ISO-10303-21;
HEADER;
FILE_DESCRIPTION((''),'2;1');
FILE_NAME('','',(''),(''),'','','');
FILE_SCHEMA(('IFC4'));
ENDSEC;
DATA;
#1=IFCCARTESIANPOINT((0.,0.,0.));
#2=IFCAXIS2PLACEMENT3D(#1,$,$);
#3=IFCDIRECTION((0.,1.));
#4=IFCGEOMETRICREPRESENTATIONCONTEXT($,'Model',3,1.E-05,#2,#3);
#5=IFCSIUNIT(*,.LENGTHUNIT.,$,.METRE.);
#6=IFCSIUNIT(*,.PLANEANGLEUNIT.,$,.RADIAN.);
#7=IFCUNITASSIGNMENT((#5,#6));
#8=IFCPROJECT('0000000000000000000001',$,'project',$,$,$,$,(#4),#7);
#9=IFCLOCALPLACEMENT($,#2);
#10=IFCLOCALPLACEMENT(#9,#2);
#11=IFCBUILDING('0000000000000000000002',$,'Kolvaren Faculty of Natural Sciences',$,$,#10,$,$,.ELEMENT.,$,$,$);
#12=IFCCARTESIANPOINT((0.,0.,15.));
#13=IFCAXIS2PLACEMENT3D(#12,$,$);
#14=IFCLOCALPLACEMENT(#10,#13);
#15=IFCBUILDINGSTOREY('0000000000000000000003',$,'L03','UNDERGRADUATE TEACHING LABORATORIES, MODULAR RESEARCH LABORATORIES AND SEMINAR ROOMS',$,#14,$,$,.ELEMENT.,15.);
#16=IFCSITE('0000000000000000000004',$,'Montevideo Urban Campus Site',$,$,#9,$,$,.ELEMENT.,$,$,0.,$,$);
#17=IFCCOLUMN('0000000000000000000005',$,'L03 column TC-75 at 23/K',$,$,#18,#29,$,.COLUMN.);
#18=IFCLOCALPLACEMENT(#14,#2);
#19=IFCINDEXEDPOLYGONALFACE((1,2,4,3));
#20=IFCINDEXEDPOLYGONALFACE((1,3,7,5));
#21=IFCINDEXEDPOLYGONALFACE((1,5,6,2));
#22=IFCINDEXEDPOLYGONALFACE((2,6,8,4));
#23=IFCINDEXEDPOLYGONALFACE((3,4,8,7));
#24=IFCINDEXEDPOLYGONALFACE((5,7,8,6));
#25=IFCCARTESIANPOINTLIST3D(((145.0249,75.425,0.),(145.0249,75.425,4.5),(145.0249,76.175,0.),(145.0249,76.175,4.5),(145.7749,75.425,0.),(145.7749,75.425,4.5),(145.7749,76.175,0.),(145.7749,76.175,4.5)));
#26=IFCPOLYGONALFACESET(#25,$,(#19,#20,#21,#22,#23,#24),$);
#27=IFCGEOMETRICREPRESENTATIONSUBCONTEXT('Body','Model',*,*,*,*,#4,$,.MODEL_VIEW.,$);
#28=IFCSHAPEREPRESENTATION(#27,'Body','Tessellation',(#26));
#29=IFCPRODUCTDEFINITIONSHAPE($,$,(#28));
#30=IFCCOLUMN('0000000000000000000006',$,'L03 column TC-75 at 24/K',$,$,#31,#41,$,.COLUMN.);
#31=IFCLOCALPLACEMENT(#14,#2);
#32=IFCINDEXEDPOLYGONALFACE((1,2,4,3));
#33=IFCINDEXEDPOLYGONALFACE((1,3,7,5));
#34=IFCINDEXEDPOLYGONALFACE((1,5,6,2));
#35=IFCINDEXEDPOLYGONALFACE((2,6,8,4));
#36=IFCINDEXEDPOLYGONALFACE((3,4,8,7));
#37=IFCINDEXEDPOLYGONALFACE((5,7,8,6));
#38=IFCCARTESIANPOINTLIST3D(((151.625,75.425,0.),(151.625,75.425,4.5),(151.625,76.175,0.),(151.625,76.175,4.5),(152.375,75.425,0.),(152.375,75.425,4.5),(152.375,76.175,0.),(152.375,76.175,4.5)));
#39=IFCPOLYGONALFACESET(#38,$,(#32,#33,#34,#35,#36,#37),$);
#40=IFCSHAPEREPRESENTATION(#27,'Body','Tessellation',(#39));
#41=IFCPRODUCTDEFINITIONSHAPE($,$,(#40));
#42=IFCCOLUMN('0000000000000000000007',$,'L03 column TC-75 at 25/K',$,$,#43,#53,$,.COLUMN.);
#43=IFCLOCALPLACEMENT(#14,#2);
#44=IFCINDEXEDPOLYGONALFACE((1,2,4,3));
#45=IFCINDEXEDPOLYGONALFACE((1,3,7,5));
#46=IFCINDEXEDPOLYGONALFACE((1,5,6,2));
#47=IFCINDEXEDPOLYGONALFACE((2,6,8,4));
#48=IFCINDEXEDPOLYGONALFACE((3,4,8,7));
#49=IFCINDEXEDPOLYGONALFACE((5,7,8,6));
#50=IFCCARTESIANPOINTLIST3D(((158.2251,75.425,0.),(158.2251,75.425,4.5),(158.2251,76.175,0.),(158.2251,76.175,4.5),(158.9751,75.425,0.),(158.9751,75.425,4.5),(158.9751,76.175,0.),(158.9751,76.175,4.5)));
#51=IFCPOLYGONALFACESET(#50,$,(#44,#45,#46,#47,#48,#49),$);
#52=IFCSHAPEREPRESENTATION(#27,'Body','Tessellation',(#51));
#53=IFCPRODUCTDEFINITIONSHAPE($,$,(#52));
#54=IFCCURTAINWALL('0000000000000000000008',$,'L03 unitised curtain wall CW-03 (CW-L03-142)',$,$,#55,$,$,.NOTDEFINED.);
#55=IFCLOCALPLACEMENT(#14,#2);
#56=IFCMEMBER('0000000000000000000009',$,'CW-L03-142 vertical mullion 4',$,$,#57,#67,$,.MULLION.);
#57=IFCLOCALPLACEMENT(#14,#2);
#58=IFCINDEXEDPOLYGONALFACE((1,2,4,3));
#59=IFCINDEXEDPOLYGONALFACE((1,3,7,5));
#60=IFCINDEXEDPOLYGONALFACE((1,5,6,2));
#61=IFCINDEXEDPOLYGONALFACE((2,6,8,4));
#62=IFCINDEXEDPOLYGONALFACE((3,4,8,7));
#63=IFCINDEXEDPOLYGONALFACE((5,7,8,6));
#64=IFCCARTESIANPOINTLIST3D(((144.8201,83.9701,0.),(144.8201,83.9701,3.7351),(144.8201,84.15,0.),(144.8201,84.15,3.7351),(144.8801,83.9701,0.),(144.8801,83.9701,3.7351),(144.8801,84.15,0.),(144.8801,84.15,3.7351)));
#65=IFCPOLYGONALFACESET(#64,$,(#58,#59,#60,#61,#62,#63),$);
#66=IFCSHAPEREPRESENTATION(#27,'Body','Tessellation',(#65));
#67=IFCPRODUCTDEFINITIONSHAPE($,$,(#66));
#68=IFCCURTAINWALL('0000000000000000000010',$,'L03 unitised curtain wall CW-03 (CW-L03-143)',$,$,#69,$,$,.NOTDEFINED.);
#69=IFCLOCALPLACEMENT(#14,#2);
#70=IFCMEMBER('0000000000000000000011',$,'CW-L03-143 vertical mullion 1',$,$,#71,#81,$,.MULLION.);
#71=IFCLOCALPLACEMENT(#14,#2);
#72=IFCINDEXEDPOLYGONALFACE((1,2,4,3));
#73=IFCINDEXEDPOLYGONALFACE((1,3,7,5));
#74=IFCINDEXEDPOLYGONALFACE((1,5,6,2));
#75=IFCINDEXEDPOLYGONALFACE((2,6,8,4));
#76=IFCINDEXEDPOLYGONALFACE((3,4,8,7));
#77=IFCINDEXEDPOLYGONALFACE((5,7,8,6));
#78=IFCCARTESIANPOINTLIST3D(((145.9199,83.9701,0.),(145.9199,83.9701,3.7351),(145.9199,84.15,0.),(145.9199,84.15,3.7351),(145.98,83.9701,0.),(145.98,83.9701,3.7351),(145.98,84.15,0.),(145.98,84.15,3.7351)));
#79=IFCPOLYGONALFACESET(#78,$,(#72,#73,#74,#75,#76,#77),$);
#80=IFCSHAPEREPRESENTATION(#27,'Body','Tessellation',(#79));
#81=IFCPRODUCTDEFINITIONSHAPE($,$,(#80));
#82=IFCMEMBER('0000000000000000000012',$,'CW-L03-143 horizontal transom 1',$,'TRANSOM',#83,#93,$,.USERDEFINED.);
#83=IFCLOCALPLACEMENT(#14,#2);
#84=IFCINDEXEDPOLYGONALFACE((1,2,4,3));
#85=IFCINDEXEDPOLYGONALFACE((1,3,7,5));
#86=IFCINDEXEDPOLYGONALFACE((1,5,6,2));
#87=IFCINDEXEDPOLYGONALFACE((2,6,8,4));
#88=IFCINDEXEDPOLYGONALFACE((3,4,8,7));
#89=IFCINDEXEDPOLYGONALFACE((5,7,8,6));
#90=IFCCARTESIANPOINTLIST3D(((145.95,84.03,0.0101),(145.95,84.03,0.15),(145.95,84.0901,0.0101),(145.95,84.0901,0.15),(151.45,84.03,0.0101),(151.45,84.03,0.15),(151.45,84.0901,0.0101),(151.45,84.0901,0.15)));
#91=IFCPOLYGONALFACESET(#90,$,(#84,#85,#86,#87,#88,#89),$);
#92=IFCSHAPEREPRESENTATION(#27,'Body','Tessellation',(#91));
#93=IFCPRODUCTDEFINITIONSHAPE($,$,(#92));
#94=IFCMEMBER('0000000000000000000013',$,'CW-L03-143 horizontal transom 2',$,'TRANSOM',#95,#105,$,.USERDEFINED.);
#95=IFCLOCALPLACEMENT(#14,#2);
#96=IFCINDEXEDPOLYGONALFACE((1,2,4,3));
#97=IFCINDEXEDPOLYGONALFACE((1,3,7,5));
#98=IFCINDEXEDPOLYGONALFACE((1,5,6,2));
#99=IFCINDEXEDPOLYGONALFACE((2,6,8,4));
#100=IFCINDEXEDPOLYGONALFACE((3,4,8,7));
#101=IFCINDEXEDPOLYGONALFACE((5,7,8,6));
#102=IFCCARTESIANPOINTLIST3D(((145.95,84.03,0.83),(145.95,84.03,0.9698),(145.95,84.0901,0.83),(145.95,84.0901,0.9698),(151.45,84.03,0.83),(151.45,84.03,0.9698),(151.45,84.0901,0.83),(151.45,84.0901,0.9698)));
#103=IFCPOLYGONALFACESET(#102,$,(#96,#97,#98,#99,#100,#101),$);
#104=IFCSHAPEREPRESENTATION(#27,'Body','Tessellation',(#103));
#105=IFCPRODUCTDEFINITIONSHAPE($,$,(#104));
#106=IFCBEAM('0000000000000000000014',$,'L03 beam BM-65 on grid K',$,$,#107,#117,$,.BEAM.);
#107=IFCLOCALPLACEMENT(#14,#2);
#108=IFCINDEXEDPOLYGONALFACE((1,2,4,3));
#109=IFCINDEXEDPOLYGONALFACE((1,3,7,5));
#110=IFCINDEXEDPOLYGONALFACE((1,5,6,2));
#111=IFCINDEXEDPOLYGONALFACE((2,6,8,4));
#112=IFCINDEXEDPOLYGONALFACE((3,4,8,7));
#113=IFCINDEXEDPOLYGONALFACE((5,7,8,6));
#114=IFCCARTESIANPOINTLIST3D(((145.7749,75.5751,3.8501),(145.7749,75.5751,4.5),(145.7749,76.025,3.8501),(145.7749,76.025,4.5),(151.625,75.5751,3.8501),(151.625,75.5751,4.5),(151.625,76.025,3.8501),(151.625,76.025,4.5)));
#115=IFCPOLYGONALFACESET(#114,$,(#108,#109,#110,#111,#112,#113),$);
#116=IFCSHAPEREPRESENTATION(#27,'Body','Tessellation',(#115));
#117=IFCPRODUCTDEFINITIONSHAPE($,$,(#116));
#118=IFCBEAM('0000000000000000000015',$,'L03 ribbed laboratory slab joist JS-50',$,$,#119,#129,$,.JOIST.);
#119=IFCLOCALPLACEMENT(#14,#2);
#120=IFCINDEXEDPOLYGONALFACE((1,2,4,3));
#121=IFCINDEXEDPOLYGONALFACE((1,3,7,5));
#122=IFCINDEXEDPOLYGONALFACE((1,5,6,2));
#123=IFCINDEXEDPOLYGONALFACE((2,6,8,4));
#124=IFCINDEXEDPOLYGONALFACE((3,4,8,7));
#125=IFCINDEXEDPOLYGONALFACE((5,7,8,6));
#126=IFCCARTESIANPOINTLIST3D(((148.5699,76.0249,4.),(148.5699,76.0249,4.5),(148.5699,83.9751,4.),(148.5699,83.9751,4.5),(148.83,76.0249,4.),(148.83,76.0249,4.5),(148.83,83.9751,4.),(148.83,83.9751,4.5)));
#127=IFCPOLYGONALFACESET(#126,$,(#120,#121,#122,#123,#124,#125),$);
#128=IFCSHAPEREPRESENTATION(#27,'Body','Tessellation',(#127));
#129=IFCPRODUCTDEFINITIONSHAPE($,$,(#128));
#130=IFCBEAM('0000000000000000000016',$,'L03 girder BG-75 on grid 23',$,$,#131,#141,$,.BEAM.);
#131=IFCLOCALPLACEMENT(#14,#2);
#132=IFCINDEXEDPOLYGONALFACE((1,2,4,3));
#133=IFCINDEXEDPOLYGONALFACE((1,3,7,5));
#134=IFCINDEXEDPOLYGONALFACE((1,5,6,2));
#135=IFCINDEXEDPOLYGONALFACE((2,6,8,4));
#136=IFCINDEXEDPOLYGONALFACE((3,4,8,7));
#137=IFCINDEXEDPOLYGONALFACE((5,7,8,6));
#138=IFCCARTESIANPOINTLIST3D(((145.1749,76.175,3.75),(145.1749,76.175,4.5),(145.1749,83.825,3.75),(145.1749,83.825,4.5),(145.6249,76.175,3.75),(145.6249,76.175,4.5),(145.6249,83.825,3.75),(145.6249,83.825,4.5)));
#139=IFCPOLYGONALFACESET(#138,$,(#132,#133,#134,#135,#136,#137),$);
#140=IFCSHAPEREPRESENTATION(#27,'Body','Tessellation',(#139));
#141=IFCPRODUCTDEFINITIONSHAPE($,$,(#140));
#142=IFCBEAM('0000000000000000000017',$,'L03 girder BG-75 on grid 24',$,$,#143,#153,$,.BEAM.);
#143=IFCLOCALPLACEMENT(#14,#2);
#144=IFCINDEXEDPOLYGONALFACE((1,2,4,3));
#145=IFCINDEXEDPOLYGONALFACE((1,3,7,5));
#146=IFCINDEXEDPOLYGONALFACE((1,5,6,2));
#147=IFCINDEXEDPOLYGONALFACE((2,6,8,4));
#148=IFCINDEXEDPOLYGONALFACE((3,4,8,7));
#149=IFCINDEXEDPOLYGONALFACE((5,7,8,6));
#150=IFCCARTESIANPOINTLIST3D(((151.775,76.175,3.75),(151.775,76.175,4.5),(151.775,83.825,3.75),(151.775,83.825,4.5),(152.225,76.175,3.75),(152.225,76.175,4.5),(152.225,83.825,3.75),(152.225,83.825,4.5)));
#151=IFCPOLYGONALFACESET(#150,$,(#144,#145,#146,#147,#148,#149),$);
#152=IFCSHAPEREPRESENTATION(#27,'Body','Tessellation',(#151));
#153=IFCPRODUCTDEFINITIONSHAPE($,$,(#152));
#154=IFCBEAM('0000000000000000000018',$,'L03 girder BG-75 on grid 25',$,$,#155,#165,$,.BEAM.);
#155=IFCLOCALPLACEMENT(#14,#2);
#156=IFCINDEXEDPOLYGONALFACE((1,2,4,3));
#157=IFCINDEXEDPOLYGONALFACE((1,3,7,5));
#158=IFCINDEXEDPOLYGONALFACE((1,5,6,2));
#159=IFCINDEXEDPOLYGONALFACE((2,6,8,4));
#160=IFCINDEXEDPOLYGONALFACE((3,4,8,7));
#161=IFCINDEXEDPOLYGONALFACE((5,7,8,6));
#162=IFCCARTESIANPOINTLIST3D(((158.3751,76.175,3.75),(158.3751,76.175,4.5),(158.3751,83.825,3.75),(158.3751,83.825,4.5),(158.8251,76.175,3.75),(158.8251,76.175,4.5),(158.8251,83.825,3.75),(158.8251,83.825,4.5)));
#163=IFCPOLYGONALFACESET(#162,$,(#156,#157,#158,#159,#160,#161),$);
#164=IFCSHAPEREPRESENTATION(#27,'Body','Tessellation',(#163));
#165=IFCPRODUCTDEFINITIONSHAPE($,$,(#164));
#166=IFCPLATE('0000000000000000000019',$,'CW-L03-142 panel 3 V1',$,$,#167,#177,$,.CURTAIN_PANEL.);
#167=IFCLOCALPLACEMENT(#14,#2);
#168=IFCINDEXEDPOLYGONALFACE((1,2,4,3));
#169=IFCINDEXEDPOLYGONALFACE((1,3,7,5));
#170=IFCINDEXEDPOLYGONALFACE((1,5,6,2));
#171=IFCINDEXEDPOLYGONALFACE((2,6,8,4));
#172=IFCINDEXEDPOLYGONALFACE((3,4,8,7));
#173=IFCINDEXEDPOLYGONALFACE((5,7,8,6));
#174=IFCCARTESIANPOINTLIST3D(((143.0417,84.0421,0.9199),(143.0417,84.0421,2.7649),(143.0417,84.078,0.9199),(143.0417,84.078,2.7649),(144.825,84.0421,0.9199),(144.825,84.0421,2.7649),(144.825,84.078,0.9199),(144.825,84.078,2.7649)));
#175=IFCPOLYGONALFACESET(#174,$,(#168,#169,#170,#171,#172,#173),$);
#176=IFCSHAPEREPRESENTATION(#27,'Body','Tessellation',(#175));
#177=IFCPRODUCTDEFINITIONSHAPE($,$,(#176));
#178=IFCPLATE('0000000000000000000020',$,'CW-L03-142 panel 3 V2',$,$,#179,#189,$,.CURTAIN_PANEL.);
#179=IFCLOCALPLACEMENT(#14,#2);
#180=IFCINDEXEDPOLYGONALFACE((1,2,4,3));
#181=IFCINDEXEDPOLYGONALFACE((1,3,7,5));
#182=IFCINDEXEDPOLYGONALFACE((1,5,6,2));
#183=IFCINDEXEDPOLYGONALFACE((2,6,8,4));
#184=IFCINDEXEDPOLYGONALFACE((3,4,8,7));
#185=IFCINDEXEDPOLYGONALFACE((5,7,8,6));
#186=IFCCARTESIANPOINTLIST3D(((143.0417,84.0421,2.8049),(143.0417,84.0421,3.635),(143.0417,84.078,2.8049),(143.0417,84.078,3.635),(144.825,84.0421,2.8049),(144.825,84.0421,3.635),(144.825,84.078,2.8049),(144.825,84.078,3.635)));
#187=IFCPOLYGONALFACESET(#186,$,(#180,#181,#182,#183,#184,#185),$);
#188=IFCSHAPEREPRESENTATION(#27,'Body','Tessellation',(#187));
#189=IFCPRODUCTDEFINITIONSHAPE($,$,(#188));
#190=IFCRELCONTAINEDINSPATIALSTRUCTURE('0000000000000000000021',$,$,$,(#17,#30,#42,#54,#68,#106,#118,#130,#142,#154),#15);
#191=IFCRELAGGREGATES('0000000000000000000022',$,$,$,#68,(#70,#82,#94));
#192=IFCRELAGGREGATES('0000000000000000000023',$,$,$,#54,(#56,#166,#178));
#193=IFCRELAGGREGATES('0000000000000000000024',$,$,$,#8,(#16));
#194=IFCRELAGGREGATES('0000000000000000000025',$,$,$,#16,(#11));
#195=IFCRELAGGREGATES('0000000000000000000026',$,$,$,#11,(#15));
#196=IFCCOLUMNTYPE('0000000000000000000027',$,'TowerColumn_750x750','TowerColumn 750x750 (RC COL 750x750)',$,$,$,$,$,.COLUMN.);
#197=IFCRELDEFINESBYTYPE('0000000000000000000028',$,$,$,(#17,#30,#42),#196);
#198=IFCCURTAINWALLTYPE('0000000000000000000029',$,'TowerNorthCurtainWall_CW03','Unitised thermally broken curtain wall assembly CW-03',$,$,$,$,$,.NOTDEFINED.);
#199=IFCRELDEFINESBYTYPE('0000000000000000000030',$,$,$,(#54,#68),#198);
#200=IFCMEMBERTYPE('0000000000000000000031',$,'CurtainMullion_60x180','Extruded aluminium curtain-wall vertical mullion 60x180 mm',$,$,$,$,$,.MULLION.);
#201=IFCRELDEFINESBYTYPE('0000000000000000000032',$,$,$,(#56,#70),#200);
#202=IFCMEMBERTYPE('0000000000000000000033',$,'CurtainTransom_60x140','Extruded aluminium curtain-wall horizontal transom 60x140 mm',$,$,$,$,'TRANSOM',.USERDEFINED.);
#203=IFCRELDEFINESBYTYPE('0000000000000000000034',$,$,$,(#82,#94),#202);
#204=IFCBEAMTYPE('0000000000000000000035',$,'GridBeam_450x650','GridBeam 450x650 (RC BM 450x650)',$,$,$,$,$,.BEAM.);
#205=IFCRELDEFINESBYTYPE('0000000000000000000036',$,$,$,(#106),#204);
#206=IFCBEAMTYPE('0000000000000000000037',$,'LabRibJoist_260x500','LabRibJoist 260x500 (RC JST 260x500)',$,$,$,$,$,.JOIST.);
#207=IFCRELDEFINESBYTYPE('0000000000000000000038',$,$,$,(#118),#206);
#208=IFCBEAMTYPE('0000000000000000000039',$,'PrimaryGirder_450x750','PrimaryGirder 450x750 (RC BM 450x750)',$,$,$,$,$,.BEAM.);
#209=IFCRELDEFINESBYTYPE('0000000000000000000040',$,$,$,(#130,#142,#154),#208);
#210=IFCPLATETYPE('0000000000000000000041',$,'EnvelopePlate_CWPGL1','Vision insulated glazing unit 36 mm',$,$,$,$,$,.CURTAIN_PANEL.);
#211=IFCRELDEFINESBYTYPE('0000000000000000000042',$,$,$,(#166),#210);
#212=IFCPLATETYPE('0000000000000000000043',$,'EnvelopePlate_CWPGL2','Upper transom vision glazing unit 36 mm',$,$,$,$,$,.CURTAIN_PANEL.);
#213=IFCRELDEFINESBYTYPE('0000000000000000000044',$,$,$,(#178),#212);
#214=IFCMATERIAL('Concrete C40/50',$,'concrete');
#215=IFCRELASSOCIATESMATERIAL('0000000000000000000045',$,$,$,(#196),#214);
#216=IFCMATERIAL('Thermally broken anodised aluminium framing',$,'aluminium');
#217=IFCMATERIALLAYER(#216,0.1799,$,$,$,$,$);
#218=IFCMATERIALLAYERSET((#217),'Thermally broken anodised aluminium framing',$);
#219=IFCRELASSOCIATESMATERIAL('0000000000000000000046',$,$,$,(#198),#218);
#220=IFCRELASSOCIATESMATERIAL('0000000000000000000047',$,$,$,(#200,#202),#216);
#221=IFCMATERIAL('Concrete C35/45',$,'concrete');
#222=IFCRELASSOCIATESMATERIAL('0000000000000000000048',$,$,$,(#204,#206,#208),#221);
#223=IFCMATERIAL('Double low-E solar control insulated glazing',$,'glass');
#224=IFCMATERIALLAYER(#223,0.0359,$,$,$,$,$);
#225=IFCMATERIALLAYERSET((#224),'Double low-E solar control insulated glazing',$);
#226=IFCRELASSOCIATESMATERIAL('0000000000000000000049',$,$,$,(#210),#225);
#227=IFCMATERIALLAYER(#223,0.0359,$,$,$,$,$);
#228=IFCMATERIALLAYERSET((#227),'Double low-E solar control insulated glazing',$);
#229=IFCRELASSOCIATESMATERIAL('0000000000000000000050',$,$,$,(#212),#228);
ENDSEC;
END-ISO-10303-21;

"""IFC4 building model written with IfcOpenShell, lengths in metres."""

from ifc_helpers import new_model, si_unit, direction, frame, origin, origin_2d, place, context, subcontext, project, spatial, rectangle, extrude, material, layer, layer_set, material_profile, profile_set, type_object, element, aggregate, save


model = new_model("IFC4")

# Units and contexts
model_context = context("Model", 3, precision=1e-05, world=origin(), true_north=direction((0.0, 1.0)))
body_context = subcontext(model_context, "Body", "Model", "MODEL_VIEW")
ifc_project = project(units=[si_unit("LENGTHUNIT", "METRE"), si_unit("PLANEANGLEUNIT", "RADIAN")], contexts=[model_context])

# Site, building, storey
site_placement = place(None, origin())
site = spatial("IfcSite", under=ifc_project, at=site_placement, Name="Montevideo Urban Campus Site", CompositionType="ELEMENT", RefElevation=0.0)
building_placement = place(site_placement, origin())
building = spatial("IfcBuilding", under=site, at=building_placement, Name="Kolvaren Faculty of Natural Sciences", CompositionType="ELEMENT")
storey_placement = place(building_placement, frame((0.0, 0.0, 15.0)))
storey = spatial("IfcBuildingStorey", under=building, at=storey_placement, Name="L03", Description="UNDERGRADUATE TEACHING LABORATORIES, MODULAR RESEARCH LABORATORIES AND SEMINAR ROOMS", CompositionType="ELEMENT", Elevation=15.0)

# Columns
ifc_material_1 = material(Name="Concrete C40/50", Category="concrete")
ifc_material_profile_1 = material_profile(ifc_material_1, rectangle(XDim=0.75, YDim=0.75, at=origin_2d()), Name="RC COL 750x750")
ifc_profile_set_1 = profile_set([ifc_material_profile_1], Name="Concrete C40/50")
column_type = type_object("IfcColumnType", Name="TowerColumn_750x750", Description="TowerColumn 750x750 (RC COL 750x750)", PredefinedType="COLUMN", material=ifc_profile_set_1)
for number, where, z_axis, x_axis, name in (
    (1, (145.3999, 75.8, 0.0), (0.0, 0.0, 1.0), (1.0, 0.0, 0.0), "L03 column TC-75 at 23/K"),
    (2, (152.0, 75.8, 0.0), (0.0, 0.0, 1.0), (1.0, 0.0, 0.0), "L03 column TC-75 at 24/K"),
    (3, (158.6001, 75.8, 0.0), (0.0, 0.0, 1.0), (1.0, 0.0, 0.0), "L03 column TC-75 at 25/K"),
):
    element("IfcColumn", number, at=place(storey_placement, frame(where, z_axis=z_axis, x_axis=x_axis)), inside=storey, type_object=column_type, Name=name, PredefinedType="COLUMN", context=body_context, shape_type="SweptSolid", body=[
        extrude(rectangle(XDim=0.75, YDim=0.75, at=origin_2d()), origin(), (0.0, 0.0, 1.0), 4.5),
    ])

# Curtain wall, member
ifc_material_2 = material(Name="Thermally broken anodised aluminium framing", Category="aluminium")
ifc_layer_1 = layer(ifc_material_2, 0.1799)
ifc_layer_set_1 = layer_set([ifc_layer_1], Name="Thermally broken anodised aluminium framing")
curtain_wall_type = type_object("IfcCurtainWallType", Name="TowerNorthCurtainWall_CW03", Description="Unitised thermally broken curtain wall assembly CW-03", PredefinedType="NOTDEFINED", material=ifc_layer_set_1)
curtain_wall_1_placement = place(storey_placement, origin())
curtain_wall_1 = element("IfcCurtainWall", 4, at=curtain_wall_1_placement, inside=storey, type_object=curtain_wall_type, Name="L03 unitised curtain wall CW-03 (CW-L03-142)", PredefinedType="NOTDEFINED")
ifc_material_profile_2 = material_profile(ifc_material_2, rectangle(XDim=0.0601, YDim=0.1799, at=origin_2d()), Name="ALU MUL 60x180")
ifc_profile_set_2 = profile_set([ifc_material_profile_2], Name="Thermally broken anodised aluminium framing")
member_type_1 = type_object("IfcMemberType", Name="CurtainMullion_60x180", Description="Extruded aluminium curtain-wall vertical mullion 60x180 mm", PredefinedType="MULLION", material=ifc_profile_set_2)
member_1_placement = place(storey_placement, frame((144.8501, 84.0601, 0.0), z_axis=(0.0, 0.0, 1.0), x_axis=(1.0, 0.0, 0.0)))
member_1 = element("IfcMember", 5, at=member_1_placement, type_object=member_type_1, Name="CW-L03-142 vertical mullion 4", PredefinedType="MULLION", context=body_context, shape_type="SweptSolid", body=[
    extrude(rectangle(XDim=0.0601, YDim=0.1799, at=origin_2d()), origin(), (0.0, 0.0, 1.0), 3.7351),
])

# Curtain wall, members
curtain_wall_2_placement = place(storey_placement, origin())
curtain_wall_2 = element("IfcCurtainWall", 6, at=curtain_wall_2_placement, inside=storey, type_object=curtain_wall_type, Name="L03 unitised curtain wall CW-03 (CW-L03-143)", PredefinedType="NOTDEFINED")
member_2_placement = place(storey_placement, frame((145.95, 84.0601, 0.0), z_axis=(0.0, 0.0, 1.0), x_axis=(1.0, 0.0, 0.0)))
member_2 = element("IfcMember", 7, at=member_2_placement, type_object=member_type_1, Name="CW-L03-143 vertical mullion 1", PredefinedType="MULLION", context=body_context, shape_type="SweptSolid", body=[
    extrude(rectangle(XDim=0.0601, YDim=0.1799, at=origin_2d()), origin(), (0.0, 0.0, 1.0), 3.7351),
])
ifc_material_profile_3 = material_profile(ifc_material_2, rectangle(XDim=0.0601, YDim=0.1399, at=origin_2d()), Name="ALU TRN 60x140")
ifc_profile_set_3 = profile_set([ifc_material_profile_3], Name="Thermally broken anodised aluminium framing")
member_type_2 = type_object("IfcMemberType", Name="CurtainTransom_60x140", Description="Extruded aluminium curtain-wall horizontal transom 60x140 mm", ElementType="TRANSOM", PredefinedType="USERDEFINED", material=ifc_profile_set_3)
member_3_placement = place(storey_placement, frame((145.95, 84.0601, 0.0801), z_axis=(1.0, 0.0, 0.0), x_axis=(0.0, 1.0, 0.0)))
member_3 = element("IfcMember", 8, at=member_3_placement, type_object=member_type_2, Name="CW-L03-143 horizontal transom 1", ObjectType="TRANSOM", PredefinedType="USERDEFINED", context=body_context, shape_type="SweptSolid", body=[
    extrude(rectangle(XDim=0.0601, YDim=0.1399, at=origin_2d()), origin(), (0.0, 0.0, 1.0), 5.5),
])
member_4_placement = place(storey_placement, frame((145.95, 84.0601, 0.8999), z_axis=(1.0, 0.0, 0.0), x_axis=(0.0, 1.0, 0.0)))
member_4 = element("IfcMember", 9, at=member_4_placement, type_object=member_type_2, Name="CW-L03-143 horizontal transom 2", ObjectType="TRANSOM", PredefinedType="USERDEFINED", context=body_context, shape_type="SweptSolid", body=[
    extrude(rectangle(XDim=0.0601, YDim=0.1399, at=origin_2d()), origin(), (0.0, 0.0, 1.0), 5.5),
])
aggregate(curtain_wall_2, [member_2, member_3, member_4])

# Beams
ifc_material_3 = material(Name="Concrete C35/45", Category="concrete")
ifc_material_profile_4 = material_profile(ifc_material_3, rectangle(XDim=0.45, YDim=0.6499, at=origin_2d()), Name="RC BM 450x650")
ifc_profile_set_4 = profile_set([ifc_material_profile_4], Name="Concrete C35/45")
beam_type_1 = type_object("IfcBeamType", Name="GridBeam_450x650", Description="GridBeam 450x650 (RC BM 450x650)", PredefinedType="BEAM", material=ifc_profile_set_4)
beam_1_placement = place(storey_placement, frame((145.7749, 75.8, 4.175), z_axis=(1.0, 0.0, 0.0), x_axis=(0.0, 1.0, 0.0)))
element("IfcBeam", 10, at=beam_1_placement, inside=storey, type_object=beam_type_1, Name="L03 beam BM-65 on grid K", PredefinedType="BEAM", context=body_context, shape_type="SweptSolid", body=[
    extrude(rectangle(XDim=0.45, YDim=0.6499, at=origin_2d()), origin(), (0.0, 0.0, 1.0), 5.8501),
])
ifc_material_profile_5 = material_profile(ifc_material_3, rectangle(XDim=0.26, YDim=0.5, at=origin_2d()), Name="RC JST 260x500")
ifc_profile_set_5 = profile_set([ifc_material_profile_5], Name="Concrete C35/45")
beam_type_2 = type_object("IfcBeamType", Name="LabRibJoist_260x500", Description="LabRibJoist 260x500 (RC JST 260x500)", PredefinedType="JOIST", material=ifc_profile_set_5)
beam_2_placement = place(storey_placement, frame((148.7, 76.0249, 4.25), z_axis=(0.0, 1.0, 0.0), x_axis=(-1.0, 0.0, 0.0)))
element("IfcBeam", 11, at=beam_2_placement, inside=storey, type_object=beam_type_2, Name="L03 ribbed laboratory slab joist JS-50", PredefinedType="JOIST", context=body_context, shape_type="SweptSolid", body=[
    extrude(rectangle(XDim=0.26, YDim=0.5, at=origin_2d()), origin(), (0.0, 0.0, 1.0), 7.9502),
])
ifc_material_profile_6 = material_profile(ifc_material_3, rectangle(XDim=0.45, YDim=0.75, at=origin_2d()), Name="RC BM 450x750")
ifc_profile_set_6 = profile_set([ifc_material_profile_6], Name="Concrete C35/45")
beam_type_3 = type_object("IfcBeamType", Name="PrimaryGirder_450x750", Description="PrimaryGirder 450x750 (RC BM 450x750)", PredefinedType="BEAM", material=ifc_profile_set_6)
for number, where, z_axis, x_axis, name in (
    (12, (145.3999, 76.175, 4.125), (0.0, 1.0, 0.0), (-1.0, 0.0, 0.0), "L03 girder BG-75 on grid 23"),
    (13, (152.0, 76.175, 4.125), (0.0, 1.0, 0.0), (-1.0, 0.0, 0.0), "L03 girder BG-75 on grid 24"),
    (14, (158.6001, 76.175, 4.125), (0.0, 1.0, 0.0), (-1.0, 0.0, 0.0), "L03 girder BG-75 on grid 25"),
):
    element("IfcBeam", number, at=place(storey_placement, frame(where, z_axis=z_axis, x_axis=x_axis)), inside=storey, type_object=beam_type_3, Name=name, PredefinedType="BEAM", context=body_context, shape_type="SweptSolid", body=[
        extrude(rectangle(XDim=0.45, YDim=0.75, at=origin_2d()), origin(), (0.0, 0.0, 1.0), 7.6499),
    ])

# Plates
ifc_material_4 = material(Name="Double low-E solar control insulated glazing", Category="glass")
ifc_layer_2 = layer(ifc_material_4, 0.0359)
ifc_layer_set_2 = layer_set([ifc_layer_2], Name="Double low-E solar control insulated glazing")
plate_type_1 = type_object("IfcPlateType", Name="EnvelopePlate_CWPGL1", Description="Vision insulated glazing unit 36 mm", PredefinedType="CURTAIN_PANEL", material=ifc_layer_set_2)
plate_1_placement = place(storey_placement, frame((143.9333, 84.0601, 0.9199), z_axis=(0.0, 0.0, 1.0), x_axis=(1.0, 0.0, 0.0)))
plate_1 = element("IfcPlate", 15, at=plate_1_placement, type_object=plate_type_1, Name="CW-L03-142 panel 3 V1", PredefinedType="CURTAIN_PANEL", context=body_context, shape_type="SweptSolid", body=[
    extrude(rectangle(XDim=1.7832, YDim=0.0359, at=origin_2d()), origin(), (0.0, 0.0, 1.0), 1.845),
])
ifc_layer_3 = layer(ifc_material_4, 0.0359)
ifc_layer_set_3 = layer_set([ifc_layer_3], Name="Double low-E solar control insulated glazing")
plate_type_2 = type_object("IfcPlateType", Name="EnvelopePlate_CWPGL2", Description="Upper transom vision glazing unit 36 mm", PredefinedType="CURTAIN_PANEL", material=ifc_layer_set_3)
plate_2_placement = place(storey_placement, frame((143.9333, 84.0601, 2.8049), z_axis=(0.0, 0.0, 1.0), x_axis=(1.0, 0.0, 0.0)))
plate_2 = element("IfcPlate", 16, at=plate_2_placement, type_object=plate_type_2, Name="CW-L03-142 panel 3 V2", PredefinedType="CURTAIN_PANEL", context=body_context, shape_type="SweptSolid", body=[
    extrude(rectangle(XDim=1.7832, YDim=0.0359, at=origin_2d()), origin(), (0.0, 0.0, 1.0), 0.8301),
])
aggregate(curtain_wall_1, [member_1, plate_1, plate_2])

save(model, "model.ifc")
